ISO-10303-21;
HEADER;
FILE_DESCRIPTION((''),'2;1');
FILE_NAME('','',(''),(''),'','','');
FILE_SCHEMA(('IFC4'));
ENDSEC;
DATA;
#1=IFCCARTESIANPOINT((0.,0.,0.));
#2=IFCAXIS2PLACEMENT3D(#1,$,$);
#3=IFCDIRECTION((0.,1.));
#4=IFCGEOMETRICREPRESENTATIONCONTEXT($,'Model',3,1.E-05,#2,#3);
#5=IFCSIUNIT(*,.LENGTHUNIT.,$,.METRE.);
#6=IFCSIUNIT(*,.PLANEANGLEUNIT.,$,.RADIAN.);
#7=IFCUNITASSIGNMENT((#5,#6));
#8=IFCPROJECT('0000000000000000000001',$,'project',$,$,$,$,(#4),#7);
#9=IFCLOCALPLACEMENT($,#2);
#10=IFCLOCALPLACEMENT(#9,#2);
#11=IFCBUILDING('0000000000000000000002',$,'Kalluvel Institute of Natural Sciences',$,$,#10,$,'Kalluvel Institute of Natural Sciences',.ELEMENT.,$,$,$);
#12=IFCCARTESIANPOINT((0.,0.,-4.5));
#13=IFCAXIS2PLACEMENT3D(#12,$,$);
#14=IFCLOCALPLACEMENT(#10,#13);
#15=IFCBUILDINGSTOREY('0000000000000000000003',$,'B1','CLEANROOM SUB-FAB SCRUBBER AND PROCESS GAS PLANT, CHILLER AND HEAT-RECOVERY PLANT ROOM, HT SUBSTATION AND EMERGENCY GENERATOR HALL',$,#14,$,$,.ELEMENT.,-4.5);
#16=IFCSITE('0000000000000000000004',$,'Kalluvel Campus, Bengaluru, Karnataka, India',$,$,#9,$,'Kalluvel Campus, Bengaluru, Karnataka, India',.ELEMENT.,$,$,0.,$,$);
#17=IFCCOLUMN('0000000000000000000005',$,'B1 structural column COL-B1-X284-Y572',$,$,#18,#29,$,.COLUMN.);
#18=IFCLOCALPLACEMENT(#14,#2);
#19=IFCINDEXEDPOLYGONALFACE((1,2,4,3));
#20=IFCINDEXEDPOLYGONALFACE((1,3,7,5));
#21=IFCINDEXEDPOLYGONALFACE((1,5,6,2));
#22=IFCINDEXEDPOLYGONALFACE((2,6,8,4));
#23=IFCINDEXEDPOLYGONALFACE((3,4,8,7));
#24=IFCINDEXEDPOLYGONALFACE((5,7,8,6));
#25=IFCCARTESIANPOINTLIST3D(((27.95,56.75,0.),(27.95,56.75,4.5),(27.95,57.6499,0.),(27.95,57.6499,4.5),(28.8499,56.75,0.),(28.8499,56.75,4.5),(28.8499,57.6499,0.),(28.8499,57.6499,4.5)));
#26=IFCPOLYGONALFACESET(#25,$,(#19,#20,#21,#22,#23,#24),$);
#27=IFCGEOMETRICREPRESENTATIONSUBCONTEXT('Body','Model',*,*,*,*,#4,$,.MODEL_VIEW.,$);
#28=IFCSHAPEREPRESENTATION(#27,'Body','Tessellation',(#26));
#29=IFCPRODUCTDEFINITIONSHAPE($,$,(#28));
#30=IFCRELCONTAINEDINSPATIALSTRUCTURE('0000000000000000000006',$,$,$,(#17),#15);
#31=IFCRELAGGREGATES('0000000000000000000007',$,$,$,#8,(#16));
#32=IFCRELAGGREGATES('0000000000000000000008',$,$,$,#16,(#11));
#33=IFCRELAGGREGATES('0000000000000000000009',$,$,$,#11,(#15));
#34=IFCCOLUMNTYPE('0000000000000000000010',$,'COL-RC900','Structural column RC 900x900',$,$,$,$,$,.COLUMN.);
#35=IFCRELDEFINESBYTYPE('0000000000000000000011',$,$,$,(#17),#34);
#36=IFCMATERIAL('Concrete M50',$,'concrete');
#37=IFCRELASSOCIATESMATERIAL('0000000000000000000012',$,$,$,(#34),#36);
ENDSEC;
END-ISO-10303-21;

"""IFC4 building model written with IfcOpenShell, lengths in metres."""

from ifc_helpers import new_model, si_unit, direction, frame, origin, origin_2d, place, context, subcontext, project, spatial, rectangle, extrude, material, material_profile, profile_set, type_object, element, save


model = new_model("IFC4")

# Units and contexts
model_context = context("Model", 3, precision=1e-05, world=origin(), true_north=direction((0.0, 1.0)))
body_context = subcontext(model_context, "Body", "Model", "MODEL_VIEW")
ifc_project = project(units=[si_unit("LENGTHUNIT", "METRE"), si_unit("PLANEANGLEUNIT", "RADIAN")], contexts=[model_context])

# Site, building, storey
site_placement = place(None, origin())
site = spatial("IfcSite", under=ifc_project, at=site_placement, Name="Kalluvel Campus, Bengaluru, Karnataka, India", LongName="Kalluvel Campus, Bengaluru, Karnataka, India", CompositionType="ELEMENT", RefElevation=0.0)
building_placement = place(site_placement, origin())
building = spatial("IfcBuilding", under=site, at=building_placement, Name="Kalluvel Institute of Natural Sciences", LongName="Kalluvel Institute of Natural Sciences", CompositionType="ELEMENT")
storey_placement = place(building_placement, frame((0.0, 0.0, -4.5)))
storey = spatial("IfcBuildingStorey", under=building, at=storey_placement, Name="B1", Description="CLEANROOM SUB-FAB SCRUBBER AND PROCESS GAS PLANT, CHILLER AND HEAT-RECOVERY PLANT ROOM, HT SUBSTATION AND EMERGENCY GENERATOR HALL", CompositionType="ELEMENT", Elevation=-4.5)

# Column
ifc_material_1 = material(Name="Concrete M50", Category="concrete")
ifc_material_profile_1 = material_profile(ifc_material_1, rectangle(XDim=0.8999, YDim=0.8999, at=origin_2d()), Name="RC 900x900")
ifc_profile_set_1 = profile_set([ifc_material_profile_1], Name="Concrete M50")
column_type_1 = type_object("IfcColumnType", Name="COL-RC900", Description="Structural column RC 900x900", PredefinedType="COLUMN", material=ifc_profile_set_1)
column_1_placement = place(storey_placement, frame((28.3999, 57.2, 0.0), z_axis=(0.0, 0.0, 1.0), x_axis=(1.0, 0.0, 0.0)))
element("IfcColumn", 1, at=column_1_placement, inside=storey, type_object=column_type_1, Name="B1 structural column COL-B1-X284-Y572", PredefinedType="COLUMN", context=body_context, shape_type="SweptSolid", body=[
    extrude(rectangle(XDim=0.8999, YDim=0.8999, at=origin_2d()), origin(), (0.0, 0.0, 1.0), 4.5),
])

save(model, "model.ifc")
